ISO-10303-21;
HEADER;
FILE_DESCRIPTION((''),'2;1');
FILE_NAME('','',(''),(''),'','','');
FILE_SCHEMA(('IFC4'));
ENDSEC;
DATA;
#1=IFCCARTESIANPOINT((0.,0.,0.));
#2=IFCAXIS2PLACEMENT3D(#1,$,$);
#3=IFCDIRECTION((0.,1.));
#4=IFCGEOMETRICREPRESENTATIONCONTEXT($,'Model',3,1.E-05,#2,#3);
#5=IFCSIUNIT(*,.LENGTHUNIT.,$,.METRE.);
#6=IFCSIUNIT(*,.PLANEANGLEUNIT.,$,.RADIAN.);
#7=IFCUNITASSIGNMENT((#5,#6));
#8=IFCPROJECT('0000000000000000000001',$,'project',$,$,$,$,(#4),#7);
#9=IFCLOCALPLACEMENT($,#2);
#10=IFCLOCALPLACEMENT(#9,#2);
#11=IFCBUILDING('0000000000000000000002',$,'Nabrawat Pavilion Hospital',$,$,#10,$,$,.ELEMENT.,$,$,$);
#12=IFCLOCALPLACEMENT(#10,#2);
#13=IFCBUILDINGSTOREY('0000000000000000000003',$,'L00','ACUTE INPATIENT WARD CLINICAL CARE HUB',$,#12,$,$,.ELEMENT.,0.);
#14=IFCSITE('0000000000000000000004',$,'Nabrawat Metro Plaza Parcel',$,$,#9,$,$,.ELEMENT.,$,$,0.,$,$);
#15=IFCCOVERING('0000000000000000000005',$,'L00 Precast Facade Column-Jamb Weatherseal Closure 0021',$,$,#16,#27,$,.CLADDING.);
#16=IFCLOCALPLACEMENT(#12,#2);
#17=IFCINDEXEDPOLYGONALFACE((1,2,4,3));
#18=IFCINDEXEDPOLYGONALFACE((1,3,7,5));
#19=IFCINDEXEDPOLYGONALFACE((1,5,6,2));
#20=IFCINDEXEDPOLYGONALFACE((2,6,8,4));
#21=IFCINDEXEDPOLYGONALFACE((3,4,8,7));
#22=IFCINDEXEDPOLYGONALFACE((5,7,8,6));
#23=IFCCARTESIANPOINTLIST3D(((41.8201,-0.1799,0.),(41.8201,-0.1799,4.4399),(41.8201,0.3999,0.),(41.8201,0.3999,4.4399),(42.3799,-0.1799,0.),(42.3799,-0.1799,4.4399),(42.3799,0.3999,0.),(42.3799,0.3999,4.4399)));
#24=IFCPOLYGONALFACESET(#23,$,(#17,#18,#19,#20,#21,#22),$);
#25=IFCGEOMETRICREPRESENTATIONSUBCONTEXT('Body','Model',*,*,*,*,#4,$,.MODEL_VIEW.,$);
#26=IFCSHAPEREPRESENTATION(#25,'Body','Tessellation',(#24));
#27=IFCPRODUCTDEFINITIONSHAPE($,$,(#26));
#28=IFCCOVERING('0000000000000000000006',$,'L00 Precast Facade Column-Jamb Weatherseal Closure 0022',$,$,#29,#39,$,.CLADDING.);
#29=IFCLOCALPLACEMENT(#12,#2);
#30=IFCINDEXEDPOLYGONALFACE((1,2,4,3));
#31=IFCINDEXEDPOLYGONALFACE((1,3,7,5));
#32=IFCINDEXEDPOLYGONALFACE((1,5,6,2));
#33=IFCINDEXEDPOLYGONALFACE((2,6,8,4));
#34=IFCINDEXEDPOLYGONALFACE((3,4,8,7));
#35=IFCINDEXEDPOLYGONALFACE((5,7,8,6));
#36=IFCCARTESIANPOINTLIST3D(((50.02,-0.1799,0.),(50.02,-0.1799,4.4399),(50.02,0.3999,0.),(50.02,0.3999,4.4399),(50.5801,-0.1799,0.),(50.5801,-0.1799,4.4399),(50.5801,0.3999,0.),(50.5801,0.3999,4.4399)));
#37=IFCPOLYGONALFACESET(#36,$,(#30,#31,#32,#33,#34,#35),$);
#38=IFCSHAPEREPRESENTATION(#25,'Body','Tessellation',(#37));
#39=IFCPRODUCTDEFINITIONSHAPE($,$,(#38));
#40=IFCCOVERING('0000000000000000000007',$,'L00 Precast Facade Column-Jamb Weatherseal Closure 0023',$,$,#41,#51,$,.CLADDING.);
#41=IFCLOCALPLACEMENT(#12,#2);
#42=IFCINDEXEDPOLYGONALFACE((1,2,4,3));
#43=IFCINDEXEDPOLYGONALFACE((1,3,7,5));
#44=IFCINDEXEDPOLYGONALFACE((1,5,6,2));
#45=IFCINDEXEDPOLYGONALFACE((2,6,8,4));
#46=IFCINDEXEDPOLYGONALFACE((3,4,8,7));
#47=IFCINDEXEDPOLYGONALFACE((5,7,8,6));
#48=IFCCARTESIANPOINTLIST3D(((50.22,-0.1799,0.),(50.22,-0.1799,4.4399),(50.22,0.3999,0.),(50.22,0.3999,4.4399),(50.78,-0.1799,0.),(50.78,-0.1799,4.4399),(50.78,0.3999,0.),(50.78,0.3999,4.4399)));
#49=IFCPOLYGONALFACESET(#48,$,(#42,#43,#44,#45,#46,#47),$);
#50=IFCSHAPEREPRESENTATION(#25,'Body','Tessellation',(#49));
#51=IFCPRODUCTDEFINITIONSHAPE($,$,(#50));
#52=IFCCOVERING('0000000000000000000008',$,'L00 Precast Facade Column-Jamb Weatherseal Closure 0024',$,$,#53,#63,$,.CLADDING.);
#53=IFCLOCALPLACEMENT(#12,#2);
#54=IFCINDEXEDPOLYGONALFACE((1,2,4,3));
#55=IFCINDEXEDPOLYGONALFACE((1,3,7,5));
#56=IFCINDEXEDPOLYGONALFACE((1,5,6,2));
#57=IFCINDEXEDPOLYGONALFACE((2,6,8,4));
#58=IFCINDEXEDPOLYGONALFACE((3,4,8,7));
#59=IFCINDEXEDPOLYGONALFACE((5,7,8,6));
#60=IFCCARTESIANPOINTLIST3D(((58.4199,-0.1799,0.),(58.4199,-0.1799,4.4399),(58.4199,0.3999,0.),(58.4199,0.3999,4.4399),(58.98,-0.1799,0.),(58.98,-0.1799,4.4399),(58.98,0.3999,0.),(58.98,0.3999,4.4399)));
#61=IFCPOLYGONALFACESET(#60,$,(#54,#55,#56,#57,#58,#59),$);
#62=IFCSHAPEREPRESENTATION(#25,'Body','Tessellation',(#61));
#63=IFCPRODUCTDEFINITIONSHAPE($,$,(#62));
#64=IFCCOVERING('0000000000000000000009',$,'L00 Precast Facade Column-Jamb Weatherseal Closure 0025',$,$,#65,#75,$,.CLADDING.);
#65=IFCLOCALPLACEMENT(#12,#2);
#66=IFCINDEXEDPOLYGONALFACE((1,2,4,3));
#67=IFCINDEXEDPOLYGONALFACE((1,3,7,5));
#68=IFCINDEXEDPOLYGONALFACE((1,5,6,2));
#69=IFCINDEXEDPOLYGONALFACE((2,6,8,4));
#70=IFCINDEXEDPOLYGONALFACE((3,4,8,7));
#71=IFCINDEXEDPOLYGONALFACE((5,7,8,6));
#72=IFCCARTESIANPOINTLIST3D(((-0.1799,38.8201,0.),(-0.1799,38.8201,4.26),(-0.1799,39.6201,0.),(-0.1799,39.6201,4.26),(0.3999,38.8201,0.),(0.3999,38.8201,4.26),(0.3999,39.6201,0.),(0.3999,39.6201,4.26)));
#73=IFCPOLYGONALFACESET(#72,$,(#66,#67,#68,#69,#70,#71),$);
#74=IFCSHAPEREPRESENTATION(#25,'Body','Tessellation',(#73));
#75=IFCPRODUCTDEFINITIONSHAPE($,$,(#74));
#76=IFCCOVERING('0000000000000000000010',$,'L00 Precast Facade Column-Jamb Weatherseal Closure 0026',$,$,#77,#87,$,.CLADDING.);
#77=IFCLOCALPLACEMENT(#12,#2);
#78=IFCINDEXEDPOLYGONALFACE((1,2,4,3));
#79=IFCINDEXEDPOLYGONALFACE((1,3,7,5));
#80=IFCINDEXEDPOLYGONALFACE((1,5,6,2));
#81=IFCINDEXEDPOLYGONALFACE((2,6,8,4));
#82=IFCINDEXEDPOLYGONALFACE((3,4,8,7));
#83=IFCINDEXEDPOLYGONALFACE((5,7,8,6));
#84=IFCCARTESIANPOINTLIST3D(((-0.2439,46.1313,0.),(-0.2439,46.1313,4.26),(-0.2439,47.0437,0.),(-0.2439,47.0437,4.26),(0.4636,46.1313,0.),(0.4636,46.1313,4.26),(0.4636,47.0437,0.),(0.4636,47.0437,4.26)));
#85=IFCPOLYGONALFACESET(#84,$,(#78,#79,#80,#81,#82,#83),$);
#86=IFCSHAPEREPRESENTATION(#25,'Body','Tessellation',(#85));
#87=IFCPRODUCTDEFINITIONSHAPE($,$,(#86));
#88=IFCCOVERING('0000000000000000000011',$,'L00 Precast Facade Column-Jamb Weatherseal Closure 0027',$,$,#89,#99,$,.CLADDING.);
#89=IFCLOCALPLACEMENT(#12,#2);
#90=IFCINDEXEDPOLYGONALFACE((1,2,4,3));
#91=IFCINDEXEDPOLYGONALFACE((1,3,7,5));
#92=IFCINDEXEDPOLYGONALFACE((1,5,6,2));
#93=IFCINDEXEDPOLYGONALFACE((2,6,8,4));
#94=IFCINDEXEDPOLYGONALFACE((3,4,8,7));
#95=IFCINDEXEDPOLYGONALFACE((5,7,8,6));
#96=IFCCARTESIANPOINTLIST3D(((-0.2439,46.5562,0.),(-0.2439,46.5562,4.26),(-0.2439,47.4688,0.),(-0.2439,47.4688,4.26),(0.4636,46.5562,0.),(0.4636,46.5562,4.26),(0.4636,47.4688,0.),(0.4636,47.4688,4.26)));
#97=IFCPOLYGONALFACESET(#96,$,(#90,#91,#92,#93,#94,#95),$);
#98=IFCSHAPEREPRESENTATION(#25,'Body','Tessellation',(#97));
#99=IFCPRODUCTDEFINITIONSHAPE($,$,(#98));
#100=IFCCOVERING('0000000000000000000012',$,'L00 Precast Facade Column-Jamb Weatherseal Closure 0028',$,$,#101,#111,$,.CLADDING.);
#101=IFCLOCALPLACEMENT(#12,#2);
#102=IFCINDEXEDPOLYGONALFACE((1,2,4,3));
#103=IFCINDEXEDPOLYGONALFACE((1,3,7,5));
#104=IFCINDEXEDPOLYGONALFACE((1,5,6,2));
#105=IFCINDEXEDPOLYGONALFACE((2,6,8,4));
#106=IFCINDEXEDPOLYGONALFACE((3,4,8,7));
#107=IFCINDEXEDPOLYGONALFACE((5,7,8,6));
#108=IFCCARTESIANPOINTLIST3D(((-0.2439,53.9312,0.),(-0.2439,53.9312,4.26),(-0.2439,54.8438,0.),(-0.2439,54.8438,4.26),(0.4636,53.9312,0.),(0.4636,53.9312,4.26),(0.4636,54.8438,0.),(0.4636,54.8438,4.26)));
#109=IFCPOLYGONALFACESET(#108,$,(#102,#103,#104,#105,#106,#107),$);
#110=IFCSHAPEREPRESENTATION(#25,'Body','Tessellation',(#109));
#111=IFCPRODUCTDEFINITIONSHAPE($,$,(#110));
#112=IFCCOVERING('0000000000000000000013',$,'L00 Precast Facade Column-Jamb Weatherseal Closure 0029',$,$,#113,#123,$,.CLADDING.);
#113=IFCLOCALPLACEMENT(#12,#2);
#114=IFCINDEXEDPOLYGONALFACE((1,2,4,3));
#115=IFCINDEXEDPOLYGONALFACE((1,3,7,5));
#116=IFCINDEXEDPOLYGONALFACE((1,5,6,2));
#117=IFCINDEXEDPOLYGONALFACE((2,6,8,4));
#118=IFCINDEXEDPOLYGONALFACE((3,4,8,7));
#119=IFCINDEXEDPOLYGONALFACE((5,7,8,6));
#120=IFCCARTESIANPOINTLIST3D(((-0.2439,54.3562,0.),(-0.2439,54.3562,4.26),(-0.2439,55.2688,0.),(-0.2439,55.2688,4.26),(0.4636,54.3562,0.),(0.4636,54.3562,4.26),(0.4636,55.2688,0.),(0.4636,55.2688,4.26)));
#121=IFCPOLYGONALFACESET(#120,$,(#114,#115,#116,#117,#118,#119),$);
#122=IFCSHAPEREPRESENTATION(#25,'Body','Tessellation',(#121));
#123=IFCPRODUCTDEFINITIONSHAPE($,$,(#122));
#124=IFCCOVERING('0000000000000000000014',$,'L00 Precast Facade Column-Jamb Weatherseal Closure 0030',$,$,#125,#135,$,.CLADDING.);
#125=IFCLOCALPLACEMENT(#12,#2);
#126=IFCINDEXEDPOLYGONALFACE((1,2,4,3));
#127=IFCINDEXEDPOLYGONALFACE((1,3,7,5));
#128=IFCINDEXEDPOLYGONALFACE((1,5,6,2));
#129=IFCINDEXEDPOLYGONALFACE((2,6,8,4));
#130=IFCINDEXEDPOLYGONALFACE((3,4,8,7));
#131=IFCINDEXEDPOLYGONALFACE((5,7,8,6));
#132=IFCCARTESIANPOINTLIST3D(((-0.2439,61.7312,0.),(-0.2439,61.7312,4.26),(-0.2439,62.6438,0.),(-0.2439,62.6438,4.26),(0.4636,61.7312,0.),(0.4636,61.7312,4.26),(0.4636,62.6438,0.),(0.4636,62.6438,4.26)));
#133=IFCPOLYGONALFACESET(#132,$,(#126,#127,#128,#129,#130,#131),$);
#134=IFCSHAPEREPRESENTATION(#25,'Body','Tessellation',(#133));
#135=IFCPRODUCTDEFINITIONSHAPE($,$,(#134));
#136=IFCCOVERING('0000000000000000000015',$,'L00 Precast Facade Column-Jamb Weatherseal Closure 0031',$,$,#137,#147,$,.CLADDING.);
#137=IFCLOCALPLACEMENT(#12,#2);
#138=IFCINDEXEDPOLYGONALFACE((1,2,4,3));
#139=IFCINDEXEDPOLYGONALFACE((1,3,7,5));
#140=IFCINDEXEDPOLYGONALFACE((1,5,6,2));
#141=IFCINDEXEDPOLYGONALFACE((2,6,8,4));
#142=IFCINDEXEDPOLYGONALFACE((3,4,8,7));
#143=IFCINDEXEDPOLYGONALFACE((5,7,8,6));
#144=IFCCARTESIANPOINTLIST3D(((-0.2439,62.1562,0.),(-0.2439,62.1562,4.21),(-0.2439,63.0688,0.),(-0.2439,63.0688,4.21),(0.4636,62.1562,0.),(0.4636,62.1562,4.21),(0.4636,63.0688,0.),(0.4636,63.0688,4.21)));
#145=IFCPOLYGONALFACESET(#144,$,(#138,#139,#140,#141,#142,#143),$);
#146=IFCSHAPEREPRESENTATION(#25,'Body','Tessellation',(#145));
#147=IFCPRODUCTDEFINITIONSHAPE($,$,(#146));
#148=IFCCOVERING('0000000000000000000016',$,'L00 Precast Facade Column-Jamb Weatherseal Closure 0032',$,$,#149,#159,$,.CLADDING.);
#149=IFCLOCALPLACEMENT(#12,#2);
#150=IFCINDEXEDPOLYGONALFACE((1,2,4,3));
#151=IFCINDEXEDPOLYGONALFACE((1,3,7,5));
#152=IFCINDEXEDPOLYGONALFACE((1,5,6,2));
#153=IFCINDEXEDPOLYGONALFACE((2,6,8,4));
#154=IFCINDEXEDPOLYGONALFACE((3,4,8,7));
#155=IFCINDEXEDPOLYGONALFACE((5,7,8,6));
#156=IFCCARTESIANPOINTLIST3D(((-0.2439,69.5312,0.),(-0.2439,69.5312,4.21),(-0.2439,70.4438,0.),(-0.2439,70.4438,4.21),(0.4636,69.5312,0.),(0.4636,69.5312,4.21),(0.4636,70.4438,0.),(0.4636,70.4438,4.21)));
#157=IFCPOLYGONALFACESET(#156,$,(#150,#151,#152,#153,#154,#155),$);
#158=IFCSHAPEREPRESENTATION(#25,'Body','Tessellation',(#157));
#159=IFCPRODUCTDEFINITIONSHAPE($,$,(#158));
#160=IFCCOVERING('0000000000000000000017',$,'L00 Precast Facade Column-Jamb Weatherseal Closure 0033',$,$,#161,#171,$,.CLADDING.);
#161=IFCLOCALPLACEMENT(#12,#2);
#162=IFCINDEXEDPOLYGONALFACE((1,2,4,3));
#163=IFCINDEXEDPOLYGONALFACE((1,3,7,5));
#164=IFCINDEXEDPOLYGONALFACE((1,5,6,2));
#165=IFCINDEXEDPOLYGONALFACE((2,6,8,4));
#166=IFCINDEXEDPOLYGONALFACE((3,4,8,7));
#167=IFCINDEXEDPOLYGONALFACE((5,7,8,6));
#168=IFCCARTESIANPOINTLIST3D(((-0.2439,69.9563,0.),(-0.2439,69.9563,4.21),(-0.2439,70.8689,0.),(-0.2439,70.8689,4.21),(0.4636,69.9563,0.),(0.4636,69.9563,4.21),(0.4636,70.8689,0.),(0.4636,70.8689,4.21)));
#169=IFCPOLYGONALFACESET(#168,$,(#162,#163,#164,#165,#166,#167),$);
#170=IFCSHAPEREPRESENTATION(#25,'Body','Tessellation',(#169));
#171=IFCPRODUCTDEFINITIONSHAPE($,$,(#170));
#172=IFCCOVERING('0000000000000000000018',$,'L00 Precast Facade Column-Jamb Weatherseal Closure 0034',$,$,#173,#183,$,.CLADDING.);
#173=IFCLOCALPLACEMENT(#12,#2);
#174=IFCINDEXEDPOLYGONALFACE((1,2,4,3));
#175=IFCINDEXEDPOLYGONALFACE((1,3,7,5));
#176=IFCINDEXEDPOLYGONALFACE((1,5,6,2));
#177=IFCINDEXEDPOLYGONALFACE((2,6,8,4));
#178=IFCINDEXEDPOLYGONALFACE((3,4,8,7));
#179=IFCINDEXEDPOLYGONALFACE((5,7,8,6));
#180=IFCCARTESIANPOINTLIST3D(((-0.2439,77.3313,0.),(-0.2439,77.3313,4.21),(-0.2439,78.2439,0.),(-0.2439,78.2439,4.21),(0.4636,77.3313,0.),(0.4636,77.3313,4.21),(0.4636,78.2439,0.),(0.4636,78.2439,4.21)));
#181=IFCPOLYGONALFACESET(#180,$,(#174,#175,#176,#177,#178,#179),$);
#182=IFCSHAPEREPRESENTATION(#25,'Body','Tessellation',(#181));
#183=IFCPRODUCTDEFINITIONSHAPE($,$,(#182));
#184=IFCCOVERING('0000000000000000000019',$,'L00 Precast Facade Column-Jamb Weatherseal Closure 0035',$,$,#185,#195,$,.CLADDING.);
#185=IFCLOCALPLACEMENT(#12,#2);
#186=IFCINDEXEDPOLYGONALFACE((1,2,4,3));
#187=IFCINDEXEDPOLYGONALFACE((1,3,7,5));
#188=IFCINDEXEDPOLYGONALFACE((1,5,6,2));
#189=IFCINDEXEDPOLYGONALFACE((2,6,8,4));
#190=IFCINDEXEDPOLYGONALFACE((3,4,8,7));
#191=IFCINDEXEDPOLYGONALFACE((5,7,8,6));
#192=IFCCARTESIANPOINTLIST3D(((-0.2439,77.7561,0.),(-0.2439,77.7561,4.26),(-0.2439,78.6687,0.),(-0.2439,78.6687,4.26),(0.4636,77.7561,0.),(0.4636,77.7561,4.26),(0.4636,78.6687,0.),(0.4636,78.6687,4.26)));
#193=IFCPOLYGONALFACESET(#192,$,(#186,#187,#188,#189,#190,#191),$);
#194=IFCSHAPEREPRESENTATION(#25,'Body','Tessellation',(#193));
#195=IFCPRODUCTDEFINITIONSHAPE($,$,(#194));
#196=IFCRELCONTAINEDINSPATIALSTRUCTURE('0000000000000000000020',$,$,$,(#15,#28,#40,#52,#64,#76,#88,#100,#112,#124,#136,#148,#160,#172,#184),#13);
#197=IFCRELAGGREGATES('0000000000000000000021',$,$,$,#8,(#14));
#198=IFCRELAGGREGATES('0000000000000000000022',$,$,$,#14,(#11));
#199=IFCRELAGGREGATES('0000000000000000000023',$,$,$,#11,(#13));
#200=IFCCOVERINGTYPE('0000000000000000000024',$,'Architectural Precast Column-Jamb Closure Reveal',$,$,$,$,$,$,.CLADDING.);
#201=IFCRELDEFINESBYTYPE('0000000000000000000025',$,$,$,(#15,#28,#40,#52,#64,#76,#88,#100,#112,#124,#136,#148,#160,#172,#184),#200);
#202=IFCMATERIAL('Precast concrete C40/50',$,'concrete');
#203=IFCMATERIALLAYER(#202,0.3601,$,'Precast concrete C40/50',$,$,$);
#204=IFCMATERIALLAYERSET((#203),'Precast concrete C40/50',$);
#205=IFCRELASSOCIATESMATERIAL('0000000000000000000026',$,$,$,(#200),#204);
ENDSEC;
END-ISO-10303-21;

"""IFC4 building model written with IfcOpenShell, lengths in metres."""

from ifc_helpers import new_model, si_unit, direction, origin, place, context, subcontext, project, spatial, polyline, outline, extrude, material, layer, layer_set, type_object, element, save


model = new_model("IFC4")

# Units and contexts
model_context = context("Model", 3, precision=1e-05, world=origin(), true_north=direction((0.0, 1.0)))
body_context = subcontext(model_context, "Body", "Model", "MODEL_VIEW")
ifc_project = project(units=[si_unit("LENGTHUNIT", "METRE"), si_unit("PLANEANGLEUNIT", "RADIAN")], contexts=[model_context])

# Site, building, storey
site_placement = place(None, origin())
site = spatial("IfcSite", under=ifc_project, at=site_placement, Name="Nabrawat Metro Plaza Parcel", CompositionType="ELEMENT", RefElevation=0.0)
building_placement = place(site_placement, origin())
building = spatial("IfcBuilding", under=site, at=building_placement, Name="Nabrawat Pavilion Hospital", CompositionType="ELEMENT")
storey_placement = place(building_placement, origin())
storey = spatial("IfcBuildingStorey", under=building, at=storey_placement, Name="L00", Description="ACUTE INPATIENT WARD CLINICAL CARE HUB", CompositionType="ELEMENT", Elevation=0.0)

# Coverings
ifc_material = material(Name="Precast concrete C40/50", Category="concrete")
ifc_layer = layer(ifc_material, 0.3601, Name="Precast concrete C40/50")
ifc_layer_set = layer_set([ifc_layer], Name="Precast concrete C40/50")
covering_type = type_object("IfcCoveringType", Name="Architectural Precast Column-Jamb Closure Reveal", PredefinedType="CLADDING", material=ifc_layer_set)
covering_1_placement = place(storey_placement, origin())
element("IfcCovering", 1, at=covering_1_placement, inside=storey, type_object=covering_type, Name="L00 Precast Facade Column-Jamb Weatherseal Closure 0021", PredefinedType="CLADDING", context=body_context, shape_type="SweptSolid", body=[
    extrude(outline(polyline([(42.3799, -0.1799), (42.3799, 0.3999), (41.8201, 0.3999), (41.8201, -0.1799), (42.3799, -0.1799)])), origin(), (0.0, 0.0, 1.0), 4.4399),
])
covering_2_placement = place(storey_placement, origin())
element("IfcCovering", 2, at=covering_2_placement, inside=storey, type_object=covering_type, Name="L00 Precast Facade Column-Jamb Weatherseal Closure 0022", PredefinedType="CLADDING", context=body_context, shape_type="SweptSolid", body=[
    extrude(outline(polyline([(50.5801, -0.1799), (50.5801, 0.3999), (50.02, 0.3999), (50.02, -0.1799), (50.5801, -0.1799)])), origin(), (0.0, 0.0, 1.0), 4.4399),
])
covering_3_placement = place(storey_placement, origin())
element("IfcCovering", 3, at=covering_3_placement, inside=storey, type_object=covering_type, Name="L00 Precast Facade Column-Jamb Weatherseal Closure 0023", PredefinedType="CLADDING", context=body_context, shape_type="SweptSolid", body=[
    extrude(outline(polyline([(50.78, -0.1799), (50.78, 0.3999), (50.22, 0.3999), (50.22, -0.1799), (50.78, -0.1799)])), origin(), (0.0, 0.0, 1.0), 4.4399),
])
covering_4_placement = place(storey_placement, origin())
element("IfcCovering", 4, at=covering_4_placement, inside=storey, type_object=covering_type, Name="L00 Precast Facade Column-Jamb Weatherseal Closure 0024", PredefinedType="CLADDING", context=body_context, shape_type="SweptSolid", body=[
    extrude(outline(polyline([(58.98, -0.1799), (58.98, 0.3999), (58.4199, 0.3999), (58.4199, -0.1799), (58.98, -0.1799)])), origin(), (0.0, 0.0, 1.0), 4.4399),
])
covering_5_placement = place(storey_placement, origin())
element("IfcCovering", 5, at=covering_5_placement, inside=storey, type_object=covering_type, Name="L00 Precast Facade Column-Jamb Weatherseal Closure 0025", PredefinedType="CLADDING", context=body_context, shape_type="SweptSolid", body=[
    extrude(outline(polyline([(0.3999, 38.8201), (0.3999, 39.6201), (-0.1799, 39.6201), (-0.1799, 38.8201), (0.3999, 38.8201)])), origin(), (0.0, 0.0, 1.0), 4.26),
])
covering_6_placement = place(storey_placement, origin())
element("IfcCovering", 6, at=covering_6_placement, inside=storey, type_object=covering_type, Name="L00 Precast Facade Column-Jamb Weatherseal Closure 0026", PredefinedType="CLADDING", context=body_context, shape_type="SweptSolid", body=[
    extrude(outline(polyline([(0.4636, 46.1313), (0.4636, 47.0437), (-0.2439, 47.0437), (-0.2439, 46.1313), (0.4636, 46.1313)])), origin(), (0.0, 0.0, 1.0), 4.26),
])
covering_7_placement = place(storey_placement, origin())
element("IfcCovering", 7, at=covering_7_placement, inside=storey, type_object=covering_type, Name="L00 Precast Facade Column-Jamb Weatherseal Closure 0027", PredefinedType="CLADDING", context=body_context, shape_type="SweptSolid", body=[
    extrude(outline(polyline([(0.4636, 46.5562), (0.4636, 47.4688), (-0.2439, 47.4688), (-0.2439, 46.5562), (0.4636, 46.5562)])), origin(), (0.0, 0.0, 1.0), 4.26),
])
covering_8_placement = place(storey_placement, origin())
element("IfcCovering", 8, at=covering_8_placement, inside=storey, type_object=covering_type, Name="L00 Precast Facade Column-Jamb Weatherseal Closure 0028", PredefinedType="CLADDING", context=body_context, shape_type="SweptSolid", body=[
    extrude(outline(polyline([(0.4636, 53.9312), (0.4636, 54.8438), (-0.2439, 54.8438), (-0.2439, 53.9312), (0.4636, 53.9312)])), origin(), (0.0, 0.0, 1.0), 4.26),
])
covering_9_placement = place(storey_placement, origin())
element("IfcCovering", 9, at=covering_9_placement, inside=storey, type_object=covering_type, Name="L00 Precast Facade Column-Jamb Weatherseal Closure 0029", PredefinedType="CLADDING", context=body_context, shape_type="SweptSolid", body=[
    extrude(outline(polyline([(0.4636, 54.3562), (0.4636, 55.2688), (-0.2439, 55.2688), (-0.2439, 54.3562), (0.4636, 54.3562)])), origin(), (0.0, 0.0, 1.0), 4.26),
])
covering_10_placement = place(storey_placement, origin())
element("IfcCovering", 10, at=covering_10_placement, inside=storey, type_object=covering_type, Name="L00 Precast Facade Column-Jamb Weatherseal Closure 0030", PredefinedType="CLADDING", context=body_context, shape_type="SweptSolid", body=[
    extrude(outline(polyline([(0.4636, 61.7312), (0.4636, 62.6438), (-0.2439, 62.6438), (-0.2439, 61.7312), (0.4636, 61.7312)])), origin(), (0.0, 0.0, 1.0), 4.26),
])
covering_11_placement = place(storey_placement, origin())
element("IfcCovering", 11, at=covering_11_placement, inside=storey, type_object=covering_type, Name="L00 Precast Facade Column-Jamb Weatherseal Closure 0031", PredefinedType="CLADDING", context=body_context, shape_type="SweptSolid", body=[
    extrude(outline(polyline([(0.4636, 62.1562), (0.4636, 63.0688), (-0.2439, 63.0688), (-0.2439, 62.1562), (0.4636, 62.1562)])), origin(), (0.0, 0.0, 1.0), 4.21),
])
covering_12_placement = place(storey_placement, origin())
element("IfcCovering", 12, at=covering_12_placement, inside=storey, type_object=covering_type, Name="L00 Precast Facade Column-Jamb Weatherseal Closure 0032", PredefinedType="CLADDING", context=body_context, shape_type="SweptSolid", body=[
    extrude(outline(polyline([(0.4636, 69.5312), (0.4636, 70.4438), (-0.2439, 70.4438), (-0.2439, 69.5312), (0.4636, 69.5312)])), origin(), (0.0, 0.0, 1.0), 4.21),
])
covering_13_placement = place(storey_placement, origin())
element("IfcCovering", 13, at=covering_13_placement, inside=storey, type_object=covering_type, Name="L00 Precast Facade Column-Jamb Weatherseal Closure 0033", PredefinedType="CLADDING", context=body_context, shape_type="SweptSolid", body=[
    extrude(outline(polyline([(0.4636, 69.9563), (0.4636, 70.8689), (-0.2439, 70.8689), (-0.2439, 69.9563), (0.4636, 69.9563)])), origin(), (0.0, 0.0, 1.0), 4.21),
])
covering_14_placement = place(storey_placement, origin())
element("IfcCovering", 14, at=covering_14_placement, inside=storey, type_object=covering_type, Name="L00 Precast Facade Column-Jamb Weatherseal Closure 0034", PredefinedType="CLADDING", context=body_context, shape_type="SweptSolid", body=[
    extrude(outline(polyline([(0.4636, 77.3313), (0.4636, 78.2439), (-0.2439, 78.2439), (-0.2439, 77.3313), (0.4636, 77.3313)])), origin(), (0.0, 0.0, 1.0), 4.21),
])
covering_15_placement = place(storey_placement, origin())
element("IfcCovering", 15, at=covering_15_placement, inside=storey, type_object=covering_type, Name="L00 Precast Facade Column-Jamb Weatherseal Closure 0035", PredefinedType="CLADDING", context=body_context, shape_type="SweptSolid", body=[
    extrude(outline(polyline([(0.4636, 77.7561), (0.4636, 78.6687), (-0.2439, 78.6687), (-0.2439, 77.7561), (0.4636, 77.7561)])), origin(), (0.0, 0.0, 1.0), 4.26),
])

save(model, "model.ifc")
